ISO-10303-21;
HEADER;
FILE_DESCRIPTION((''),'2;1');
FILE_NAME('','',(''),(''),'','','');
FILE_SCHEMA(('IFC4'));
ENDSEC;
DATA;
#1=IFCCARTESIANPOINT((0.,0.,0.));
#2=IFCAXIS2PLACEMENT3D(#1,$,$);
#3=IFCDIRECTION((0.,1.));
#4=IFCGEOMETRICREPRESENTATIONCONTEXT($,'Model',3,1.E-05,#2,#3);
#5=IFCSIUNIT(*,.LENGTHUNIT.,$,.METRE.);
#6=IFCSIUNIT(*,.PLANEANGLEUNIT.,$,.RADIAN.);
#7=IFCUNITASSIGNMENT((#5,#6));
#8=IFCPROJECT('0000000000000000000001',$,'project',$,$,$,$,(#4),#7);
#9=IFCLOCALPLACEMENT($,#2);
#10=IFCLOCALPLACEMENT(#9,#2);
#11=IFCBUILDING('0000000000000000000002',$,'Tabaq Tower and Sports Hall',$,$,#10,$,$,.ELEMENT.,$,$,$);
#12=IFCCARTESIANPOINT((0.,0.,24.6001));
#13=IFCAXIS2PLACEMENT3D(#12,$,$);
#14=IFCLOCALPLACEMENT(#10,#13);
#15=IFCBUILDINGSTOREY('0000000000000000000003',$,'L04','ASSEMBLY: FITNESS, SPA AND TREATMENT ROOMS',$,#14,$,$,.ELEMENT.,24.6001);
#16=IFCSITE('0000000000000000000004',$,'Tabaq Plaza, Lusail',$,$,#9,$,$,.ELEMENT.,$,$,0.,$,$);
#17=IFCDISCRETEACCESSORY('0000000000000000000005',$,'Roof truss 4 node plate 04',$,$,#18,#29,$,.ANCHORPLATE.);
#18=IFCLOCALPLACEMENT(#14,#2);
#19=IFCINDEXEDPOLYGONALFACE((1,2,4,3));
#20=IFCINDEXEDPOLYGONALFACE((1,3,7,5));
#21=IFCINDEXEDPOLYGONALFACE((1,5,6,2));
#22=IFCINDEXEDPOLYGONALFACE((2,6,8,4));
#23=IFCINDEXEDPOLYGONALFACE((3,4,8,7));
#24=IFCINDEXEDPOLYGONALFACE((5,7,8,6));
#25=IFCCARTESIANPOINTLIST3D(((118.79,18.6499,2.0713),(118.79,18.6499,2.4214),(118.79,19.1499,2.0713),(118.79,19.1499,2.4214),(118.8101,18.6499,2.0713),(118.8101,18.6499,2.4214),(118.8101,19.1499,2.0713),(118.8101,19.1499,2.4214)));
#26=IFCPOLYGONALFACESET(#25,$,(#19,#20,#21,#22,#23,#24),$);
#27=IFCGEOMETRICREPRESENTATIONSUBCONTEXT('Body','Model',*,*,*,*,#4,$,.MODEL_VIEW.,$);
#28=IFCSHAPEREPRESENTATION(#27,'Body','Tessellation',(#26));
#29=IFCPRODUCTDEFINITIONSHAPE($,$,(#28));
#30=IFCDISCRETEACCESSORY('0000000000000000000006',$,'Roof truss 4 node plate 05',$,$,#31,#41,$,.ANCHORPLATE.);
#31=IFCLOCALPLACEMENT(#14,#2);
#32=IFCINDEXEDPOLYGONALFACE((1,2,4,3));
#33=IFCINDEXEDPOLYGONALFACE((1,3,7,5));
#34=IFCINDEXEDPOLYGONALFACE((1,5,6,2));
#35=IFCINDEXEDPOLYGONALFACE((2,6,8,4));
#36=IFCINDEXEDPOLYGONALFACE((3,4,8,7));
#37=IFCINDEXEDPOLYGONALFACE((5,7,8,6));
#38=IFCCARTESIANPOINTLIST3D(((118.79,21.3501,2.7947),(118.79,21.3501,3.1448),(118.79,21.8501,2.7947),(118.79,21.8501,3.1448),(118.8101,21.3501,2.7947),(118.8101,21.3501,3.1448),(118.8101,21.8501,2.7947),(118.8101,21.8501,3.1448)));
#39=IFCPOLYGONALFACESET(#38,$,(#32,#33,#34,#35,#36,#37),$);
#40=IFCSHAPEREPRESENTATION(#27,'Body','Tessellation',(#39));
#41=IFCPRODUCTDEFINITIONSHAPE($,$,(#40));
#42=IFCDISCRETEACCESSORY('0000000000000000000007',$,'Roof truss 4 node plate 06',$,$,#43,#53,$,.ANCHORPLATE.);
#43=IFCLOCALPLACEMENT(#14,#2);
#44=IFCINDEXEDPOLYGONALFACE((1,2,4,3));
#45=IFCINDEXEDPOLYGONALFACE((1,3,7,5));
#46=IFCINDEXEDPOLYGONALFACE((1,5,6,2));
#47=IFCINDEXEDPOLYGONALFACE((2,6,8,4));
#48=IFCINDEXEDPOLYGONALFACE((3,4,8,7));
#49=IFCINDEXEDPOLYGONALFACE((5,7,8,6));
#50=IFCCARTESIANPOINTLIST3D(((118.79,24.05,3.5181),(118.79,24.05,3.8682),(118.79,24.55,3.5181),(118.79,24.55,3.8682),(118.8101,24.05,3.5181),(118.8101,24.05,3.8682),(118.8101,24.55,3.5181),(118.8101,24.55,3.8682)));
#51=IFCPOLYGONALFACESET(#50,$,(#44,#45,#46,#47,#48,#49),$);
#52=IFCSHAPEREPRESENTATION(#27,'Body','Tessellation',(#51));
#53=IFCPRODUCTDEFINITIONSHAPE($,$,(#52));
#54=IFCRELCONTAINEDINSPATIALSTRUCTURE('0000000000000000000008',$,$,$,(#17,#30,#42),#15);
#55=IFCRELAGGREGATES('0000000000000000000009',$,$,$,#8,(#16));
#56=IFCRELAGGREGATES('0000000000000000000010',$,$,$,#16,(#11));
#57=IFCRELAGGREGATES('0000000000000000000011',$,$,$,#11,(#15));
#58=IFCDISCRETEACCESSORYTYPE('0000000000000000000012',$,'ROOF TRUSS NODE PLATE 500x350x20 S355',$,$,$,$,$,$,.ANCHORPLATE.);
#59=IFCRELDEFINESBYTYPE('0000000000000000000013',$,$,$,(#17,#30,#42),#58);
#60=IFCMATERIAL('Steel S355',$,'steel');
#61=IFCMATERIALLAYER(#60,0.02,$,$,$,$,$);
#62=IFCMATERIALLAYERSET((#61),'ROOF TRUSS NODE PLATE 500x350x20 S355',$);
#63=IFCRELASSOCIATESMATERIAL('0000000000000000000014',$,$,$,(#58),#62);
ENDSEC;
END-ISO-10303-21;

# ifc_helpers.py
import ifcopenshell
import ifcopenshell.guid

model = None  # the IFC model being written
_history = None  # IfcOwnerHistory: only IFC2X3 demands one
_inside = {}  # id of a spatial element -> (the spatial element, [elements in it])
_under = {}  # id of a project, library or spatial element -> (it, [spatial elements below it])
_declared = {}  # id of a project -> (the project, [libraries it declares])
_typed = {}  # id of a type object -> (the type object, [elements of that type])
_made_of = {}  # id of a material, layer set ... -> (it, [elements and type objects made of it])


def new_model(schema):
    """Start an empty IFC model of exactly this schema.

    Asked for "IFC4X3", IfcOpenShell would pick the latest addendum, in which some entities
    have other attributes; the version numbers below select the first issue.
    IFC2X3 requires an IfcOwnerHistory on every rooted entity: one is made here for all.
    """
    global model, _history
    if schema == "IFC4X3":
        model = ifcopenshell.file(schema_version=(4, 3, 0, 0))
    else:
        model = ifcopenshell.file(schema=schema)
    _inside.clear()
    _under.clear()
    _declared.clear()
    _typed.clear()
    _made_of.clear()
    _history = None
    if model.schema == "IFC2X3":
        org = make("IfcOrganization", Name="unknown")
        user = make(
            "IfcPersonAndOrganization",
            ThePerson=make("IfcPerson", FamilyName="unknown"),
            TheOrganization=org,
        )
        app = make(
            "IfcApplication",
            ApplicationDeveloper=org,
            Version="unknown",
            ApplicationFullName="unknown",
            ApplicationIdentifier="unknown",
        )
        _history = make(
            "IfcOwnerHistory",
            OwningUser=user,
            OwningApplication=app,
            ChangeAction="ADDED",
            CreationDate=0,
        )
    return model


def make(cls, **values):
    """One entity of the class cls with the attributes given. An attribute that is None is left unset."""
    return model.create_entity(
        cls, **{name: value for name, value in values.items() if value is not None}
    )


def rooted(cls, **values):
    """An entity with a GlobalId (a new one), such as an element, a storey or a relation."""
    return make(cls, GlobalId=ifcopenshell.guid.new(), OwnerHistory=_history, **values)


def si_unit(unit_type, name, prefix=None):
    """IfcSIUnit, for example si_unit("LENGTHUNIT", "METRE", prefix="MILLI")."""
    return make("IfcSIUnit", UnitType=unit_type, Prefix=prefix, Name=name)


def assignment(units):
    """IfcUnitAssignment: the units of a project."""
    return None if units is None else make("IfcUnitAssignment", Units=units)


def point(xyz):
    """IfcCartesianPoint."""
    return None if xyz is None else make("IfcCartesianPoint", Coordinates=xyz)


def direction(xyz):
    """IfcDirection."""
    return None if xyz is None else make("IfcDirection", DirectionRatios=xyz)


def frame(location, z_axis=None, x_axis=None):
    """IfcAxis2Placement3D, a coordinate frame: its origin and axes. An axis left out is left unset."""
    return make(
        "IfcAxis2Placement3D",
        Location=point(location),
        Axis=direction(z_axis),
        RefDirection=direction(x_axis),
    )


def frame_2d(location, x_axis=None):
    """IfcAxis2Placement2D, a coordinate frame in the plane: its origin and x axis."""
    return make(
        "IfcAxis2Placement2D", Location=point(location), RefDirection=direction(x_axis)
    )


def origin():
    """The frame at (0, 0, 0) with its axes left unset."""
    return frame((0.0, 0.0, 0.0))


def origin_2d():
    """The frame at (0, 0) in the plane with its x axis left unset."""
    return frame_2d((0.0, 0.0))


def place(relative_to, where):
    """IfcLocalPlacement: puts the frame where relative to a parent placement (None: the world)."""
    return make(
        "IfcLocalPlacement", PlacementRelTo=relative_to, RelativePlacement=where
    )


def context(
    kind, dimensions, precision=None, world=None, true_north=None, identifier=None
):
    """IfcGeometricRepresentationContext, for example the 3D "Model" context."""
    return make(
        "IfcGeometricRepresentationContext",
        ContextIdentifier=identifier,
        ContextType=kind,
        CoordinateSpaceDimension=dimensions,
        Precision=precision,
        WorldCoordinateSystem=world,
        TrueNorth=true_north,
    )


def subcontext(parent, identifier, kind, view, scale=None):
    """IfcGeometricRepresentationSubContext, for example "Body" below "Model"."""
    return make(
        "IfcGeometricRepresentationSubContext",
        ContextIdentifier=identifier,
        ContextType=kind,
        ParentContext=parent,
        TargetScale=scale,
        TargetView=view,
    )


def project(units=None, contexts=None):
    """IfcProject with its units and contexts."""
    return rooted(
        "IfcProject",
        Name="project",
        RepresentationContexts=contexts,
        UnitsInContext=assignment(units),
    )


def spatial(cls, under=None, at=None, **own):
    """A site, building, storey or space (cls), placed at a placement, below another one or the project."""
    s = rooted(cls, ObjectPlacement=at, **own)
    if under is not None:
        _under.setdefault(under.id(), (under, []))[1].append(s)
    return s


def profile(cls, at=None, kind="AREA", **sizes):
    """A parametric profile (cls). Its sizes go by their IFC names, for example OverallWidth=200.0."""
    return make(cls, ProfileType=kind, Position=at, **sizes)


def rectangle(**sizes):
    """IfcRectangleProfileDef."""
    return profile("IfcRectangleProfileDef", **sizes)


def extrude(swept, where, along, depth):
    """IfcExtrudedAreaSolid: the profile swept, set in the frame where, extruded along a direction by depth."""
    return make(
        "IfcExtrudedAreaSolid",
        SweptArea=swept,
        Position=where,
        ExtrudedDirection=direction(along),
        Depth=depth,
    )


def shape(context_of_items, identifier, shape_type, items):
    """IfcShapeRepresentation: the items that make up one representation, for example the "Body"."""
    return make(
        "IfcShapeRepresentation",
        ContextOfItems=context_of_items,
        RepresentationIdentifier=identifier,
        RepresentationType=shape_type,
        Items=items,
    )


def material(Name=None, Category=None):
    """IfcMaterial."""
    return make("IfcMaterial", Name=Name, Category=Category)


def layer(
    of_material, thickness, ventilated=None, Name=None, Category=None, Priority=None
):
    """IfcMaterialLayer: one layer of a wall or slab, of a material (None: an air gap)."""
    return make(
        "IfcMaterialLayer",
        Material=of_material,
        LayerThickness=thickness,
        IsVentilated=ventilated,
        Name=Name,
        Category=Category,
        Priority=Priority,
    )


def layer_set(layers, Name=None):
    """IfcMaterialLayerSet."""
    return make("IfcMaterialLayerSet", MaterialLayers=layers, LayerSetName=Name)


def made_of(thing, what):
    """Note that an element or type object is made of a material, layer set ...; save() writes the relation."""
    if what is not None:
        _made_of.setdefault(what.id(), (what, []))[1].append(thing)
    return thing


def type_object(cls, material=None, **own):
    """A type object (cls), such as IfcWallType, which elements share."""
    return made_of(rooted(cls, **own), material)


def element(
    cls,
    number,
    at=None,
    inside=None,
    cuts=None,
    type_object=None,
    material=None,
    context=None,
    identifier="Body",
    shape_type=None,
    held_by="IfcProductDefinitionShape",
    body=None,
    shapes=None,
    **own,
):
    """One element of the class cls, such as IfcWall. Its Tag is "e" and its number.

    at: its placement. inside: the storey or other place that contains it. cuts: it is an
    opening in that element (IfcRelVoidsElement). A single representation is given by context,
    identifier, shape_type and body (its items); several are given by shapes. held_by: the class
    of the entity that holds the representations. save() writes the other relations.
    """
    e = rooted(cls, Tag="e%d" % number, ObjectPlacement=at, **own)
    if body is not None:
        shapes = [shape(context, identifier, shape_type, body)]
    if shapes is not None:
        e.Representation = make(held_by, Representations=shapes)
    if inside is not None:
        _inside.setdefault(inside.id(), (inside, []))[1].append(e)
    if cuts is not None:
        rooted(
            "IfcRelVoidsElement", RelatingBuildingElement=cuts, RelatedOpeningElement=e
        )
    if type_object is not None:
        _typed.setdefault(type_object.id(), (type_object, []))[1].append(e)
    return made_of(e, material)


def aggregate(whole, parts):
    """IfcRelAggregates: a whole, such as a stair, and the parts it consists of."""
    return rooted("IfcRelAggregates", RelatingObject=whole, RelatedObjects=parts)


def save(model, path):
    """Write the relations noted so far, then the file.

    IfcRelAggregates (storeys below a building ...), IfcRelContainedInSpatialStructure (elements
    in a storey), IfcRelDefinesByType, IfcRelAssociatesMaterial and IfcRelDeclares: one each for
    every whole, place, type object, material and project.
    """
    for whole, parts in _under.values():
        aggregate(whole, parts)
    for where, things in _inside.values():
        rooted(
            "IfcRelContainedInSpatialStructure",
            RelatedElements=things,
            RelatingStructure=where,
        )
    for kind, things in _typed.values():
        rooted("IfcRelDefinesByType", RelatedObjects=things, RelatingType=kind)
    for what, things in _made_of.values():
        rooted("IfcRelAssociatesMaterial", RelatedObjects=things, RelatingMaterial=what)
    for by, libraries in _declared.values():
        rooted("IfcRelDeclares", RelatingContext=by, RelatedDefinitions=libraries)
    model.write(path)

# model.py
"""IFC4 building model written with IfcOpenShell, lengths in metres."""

from ifc_helpers import new_model, si_unit, direction, frame, origin, origin_2d, place, context, subcontext, project, spatial, rectangle, extrude, material, layer, layer_set, type_object, element, save


model = new_model("IFC4")

# Units and contexts
model_context = context("Model", 3, precision=1e-05, world=origin(), true_north=direction((0.0, 1.0)))
body_context = subcontext(model_context, "Body", "Model", "MODEL_VIEW")
ifc_project = project(units=[si_unit("LENGTHUNIT", "METRE"), si_unit("PLANEANGLEUNIT", "RADIAN")], contexts=[model_context])

# Site, building, storey
site_placement = place(None, origin())
site = spatial("IfcSite", under=ifc_project, at=site_placement, Name="Tabaq Plaza, Lusail", CompositionType="ELEMENT", RefElevation=0.0)
building_placement = place(site_placement, origin())
building = spatial("IfcBuilding", under=site, at=building_placement, Name="Tabaq Tower and Sports Hall", CompositionType="ELEMENT")
storey_placement = place(building_placement, frame((0.0, 0.0, 24.6001)))
storey = spatial("IfcBuildingStorey", under=building, at=storey_placement, Name="L04", Description="ASSEMBLY: FITNESS, SPA AND TREATMENT ROOMS", CompositionType="ELEMENT", Elevation=24.6001)

# Discrete accessories
ifc_material_1 = material(Name="Steel S355", Category="steel")
ifc_layer_1 = layer(ifc_material_1, 0.02)
ifc_layer_set_1 = layer_set([ifc_layer_1], Name="ROOF TRUSS NODE PLATE 500x350x20 S355")
discrete_accessory_type_1 = type_object("IfcDiscreteAccessoryType", Name="ROOF TRUSS NODE PLATE 500x350x20 S355", PredefinedType="ANCHORPLATE", material=ifc_layer_set_1)
for number, where, z_axis, x_axis, name in (
    (1, (118.8, 18.8999, 2.0713), (0.0, 0.0, 1.0), (1.0, 0.0, 0.0), "Roof truss 4 node plate 04"),
    (2, (118.8, 21.6001, 2.7947), (0.0, 0.0, 1.0), (1.0, 0.0, 0.0), "Roof truss 4 node plate 05"),
    (3, (118.8, 24.3, 3.5181), (0.0, 0.0, 1.0), (1.0, 0.0, 0.0), "Roof truss 4 node plate 06"),
):
    element("IfcDiscreteAccessory", number, at=place(storey_placement, frame(where, z_axis=z_axis, x_axis=x_axis)), inside=storey, type_object=discrete_accessory_type_1, Name=name, PredefinedType="ANCHORPLATE", context=body_context, shape_type="SweptSolid", body=[
        extrude(rectangle(XDim=0.02, YDim=0.5, at=origin_2d()), origin(), (0.0, 0.0, 1.0), 0.3501),
    ])

save(model, "model.ifc")
